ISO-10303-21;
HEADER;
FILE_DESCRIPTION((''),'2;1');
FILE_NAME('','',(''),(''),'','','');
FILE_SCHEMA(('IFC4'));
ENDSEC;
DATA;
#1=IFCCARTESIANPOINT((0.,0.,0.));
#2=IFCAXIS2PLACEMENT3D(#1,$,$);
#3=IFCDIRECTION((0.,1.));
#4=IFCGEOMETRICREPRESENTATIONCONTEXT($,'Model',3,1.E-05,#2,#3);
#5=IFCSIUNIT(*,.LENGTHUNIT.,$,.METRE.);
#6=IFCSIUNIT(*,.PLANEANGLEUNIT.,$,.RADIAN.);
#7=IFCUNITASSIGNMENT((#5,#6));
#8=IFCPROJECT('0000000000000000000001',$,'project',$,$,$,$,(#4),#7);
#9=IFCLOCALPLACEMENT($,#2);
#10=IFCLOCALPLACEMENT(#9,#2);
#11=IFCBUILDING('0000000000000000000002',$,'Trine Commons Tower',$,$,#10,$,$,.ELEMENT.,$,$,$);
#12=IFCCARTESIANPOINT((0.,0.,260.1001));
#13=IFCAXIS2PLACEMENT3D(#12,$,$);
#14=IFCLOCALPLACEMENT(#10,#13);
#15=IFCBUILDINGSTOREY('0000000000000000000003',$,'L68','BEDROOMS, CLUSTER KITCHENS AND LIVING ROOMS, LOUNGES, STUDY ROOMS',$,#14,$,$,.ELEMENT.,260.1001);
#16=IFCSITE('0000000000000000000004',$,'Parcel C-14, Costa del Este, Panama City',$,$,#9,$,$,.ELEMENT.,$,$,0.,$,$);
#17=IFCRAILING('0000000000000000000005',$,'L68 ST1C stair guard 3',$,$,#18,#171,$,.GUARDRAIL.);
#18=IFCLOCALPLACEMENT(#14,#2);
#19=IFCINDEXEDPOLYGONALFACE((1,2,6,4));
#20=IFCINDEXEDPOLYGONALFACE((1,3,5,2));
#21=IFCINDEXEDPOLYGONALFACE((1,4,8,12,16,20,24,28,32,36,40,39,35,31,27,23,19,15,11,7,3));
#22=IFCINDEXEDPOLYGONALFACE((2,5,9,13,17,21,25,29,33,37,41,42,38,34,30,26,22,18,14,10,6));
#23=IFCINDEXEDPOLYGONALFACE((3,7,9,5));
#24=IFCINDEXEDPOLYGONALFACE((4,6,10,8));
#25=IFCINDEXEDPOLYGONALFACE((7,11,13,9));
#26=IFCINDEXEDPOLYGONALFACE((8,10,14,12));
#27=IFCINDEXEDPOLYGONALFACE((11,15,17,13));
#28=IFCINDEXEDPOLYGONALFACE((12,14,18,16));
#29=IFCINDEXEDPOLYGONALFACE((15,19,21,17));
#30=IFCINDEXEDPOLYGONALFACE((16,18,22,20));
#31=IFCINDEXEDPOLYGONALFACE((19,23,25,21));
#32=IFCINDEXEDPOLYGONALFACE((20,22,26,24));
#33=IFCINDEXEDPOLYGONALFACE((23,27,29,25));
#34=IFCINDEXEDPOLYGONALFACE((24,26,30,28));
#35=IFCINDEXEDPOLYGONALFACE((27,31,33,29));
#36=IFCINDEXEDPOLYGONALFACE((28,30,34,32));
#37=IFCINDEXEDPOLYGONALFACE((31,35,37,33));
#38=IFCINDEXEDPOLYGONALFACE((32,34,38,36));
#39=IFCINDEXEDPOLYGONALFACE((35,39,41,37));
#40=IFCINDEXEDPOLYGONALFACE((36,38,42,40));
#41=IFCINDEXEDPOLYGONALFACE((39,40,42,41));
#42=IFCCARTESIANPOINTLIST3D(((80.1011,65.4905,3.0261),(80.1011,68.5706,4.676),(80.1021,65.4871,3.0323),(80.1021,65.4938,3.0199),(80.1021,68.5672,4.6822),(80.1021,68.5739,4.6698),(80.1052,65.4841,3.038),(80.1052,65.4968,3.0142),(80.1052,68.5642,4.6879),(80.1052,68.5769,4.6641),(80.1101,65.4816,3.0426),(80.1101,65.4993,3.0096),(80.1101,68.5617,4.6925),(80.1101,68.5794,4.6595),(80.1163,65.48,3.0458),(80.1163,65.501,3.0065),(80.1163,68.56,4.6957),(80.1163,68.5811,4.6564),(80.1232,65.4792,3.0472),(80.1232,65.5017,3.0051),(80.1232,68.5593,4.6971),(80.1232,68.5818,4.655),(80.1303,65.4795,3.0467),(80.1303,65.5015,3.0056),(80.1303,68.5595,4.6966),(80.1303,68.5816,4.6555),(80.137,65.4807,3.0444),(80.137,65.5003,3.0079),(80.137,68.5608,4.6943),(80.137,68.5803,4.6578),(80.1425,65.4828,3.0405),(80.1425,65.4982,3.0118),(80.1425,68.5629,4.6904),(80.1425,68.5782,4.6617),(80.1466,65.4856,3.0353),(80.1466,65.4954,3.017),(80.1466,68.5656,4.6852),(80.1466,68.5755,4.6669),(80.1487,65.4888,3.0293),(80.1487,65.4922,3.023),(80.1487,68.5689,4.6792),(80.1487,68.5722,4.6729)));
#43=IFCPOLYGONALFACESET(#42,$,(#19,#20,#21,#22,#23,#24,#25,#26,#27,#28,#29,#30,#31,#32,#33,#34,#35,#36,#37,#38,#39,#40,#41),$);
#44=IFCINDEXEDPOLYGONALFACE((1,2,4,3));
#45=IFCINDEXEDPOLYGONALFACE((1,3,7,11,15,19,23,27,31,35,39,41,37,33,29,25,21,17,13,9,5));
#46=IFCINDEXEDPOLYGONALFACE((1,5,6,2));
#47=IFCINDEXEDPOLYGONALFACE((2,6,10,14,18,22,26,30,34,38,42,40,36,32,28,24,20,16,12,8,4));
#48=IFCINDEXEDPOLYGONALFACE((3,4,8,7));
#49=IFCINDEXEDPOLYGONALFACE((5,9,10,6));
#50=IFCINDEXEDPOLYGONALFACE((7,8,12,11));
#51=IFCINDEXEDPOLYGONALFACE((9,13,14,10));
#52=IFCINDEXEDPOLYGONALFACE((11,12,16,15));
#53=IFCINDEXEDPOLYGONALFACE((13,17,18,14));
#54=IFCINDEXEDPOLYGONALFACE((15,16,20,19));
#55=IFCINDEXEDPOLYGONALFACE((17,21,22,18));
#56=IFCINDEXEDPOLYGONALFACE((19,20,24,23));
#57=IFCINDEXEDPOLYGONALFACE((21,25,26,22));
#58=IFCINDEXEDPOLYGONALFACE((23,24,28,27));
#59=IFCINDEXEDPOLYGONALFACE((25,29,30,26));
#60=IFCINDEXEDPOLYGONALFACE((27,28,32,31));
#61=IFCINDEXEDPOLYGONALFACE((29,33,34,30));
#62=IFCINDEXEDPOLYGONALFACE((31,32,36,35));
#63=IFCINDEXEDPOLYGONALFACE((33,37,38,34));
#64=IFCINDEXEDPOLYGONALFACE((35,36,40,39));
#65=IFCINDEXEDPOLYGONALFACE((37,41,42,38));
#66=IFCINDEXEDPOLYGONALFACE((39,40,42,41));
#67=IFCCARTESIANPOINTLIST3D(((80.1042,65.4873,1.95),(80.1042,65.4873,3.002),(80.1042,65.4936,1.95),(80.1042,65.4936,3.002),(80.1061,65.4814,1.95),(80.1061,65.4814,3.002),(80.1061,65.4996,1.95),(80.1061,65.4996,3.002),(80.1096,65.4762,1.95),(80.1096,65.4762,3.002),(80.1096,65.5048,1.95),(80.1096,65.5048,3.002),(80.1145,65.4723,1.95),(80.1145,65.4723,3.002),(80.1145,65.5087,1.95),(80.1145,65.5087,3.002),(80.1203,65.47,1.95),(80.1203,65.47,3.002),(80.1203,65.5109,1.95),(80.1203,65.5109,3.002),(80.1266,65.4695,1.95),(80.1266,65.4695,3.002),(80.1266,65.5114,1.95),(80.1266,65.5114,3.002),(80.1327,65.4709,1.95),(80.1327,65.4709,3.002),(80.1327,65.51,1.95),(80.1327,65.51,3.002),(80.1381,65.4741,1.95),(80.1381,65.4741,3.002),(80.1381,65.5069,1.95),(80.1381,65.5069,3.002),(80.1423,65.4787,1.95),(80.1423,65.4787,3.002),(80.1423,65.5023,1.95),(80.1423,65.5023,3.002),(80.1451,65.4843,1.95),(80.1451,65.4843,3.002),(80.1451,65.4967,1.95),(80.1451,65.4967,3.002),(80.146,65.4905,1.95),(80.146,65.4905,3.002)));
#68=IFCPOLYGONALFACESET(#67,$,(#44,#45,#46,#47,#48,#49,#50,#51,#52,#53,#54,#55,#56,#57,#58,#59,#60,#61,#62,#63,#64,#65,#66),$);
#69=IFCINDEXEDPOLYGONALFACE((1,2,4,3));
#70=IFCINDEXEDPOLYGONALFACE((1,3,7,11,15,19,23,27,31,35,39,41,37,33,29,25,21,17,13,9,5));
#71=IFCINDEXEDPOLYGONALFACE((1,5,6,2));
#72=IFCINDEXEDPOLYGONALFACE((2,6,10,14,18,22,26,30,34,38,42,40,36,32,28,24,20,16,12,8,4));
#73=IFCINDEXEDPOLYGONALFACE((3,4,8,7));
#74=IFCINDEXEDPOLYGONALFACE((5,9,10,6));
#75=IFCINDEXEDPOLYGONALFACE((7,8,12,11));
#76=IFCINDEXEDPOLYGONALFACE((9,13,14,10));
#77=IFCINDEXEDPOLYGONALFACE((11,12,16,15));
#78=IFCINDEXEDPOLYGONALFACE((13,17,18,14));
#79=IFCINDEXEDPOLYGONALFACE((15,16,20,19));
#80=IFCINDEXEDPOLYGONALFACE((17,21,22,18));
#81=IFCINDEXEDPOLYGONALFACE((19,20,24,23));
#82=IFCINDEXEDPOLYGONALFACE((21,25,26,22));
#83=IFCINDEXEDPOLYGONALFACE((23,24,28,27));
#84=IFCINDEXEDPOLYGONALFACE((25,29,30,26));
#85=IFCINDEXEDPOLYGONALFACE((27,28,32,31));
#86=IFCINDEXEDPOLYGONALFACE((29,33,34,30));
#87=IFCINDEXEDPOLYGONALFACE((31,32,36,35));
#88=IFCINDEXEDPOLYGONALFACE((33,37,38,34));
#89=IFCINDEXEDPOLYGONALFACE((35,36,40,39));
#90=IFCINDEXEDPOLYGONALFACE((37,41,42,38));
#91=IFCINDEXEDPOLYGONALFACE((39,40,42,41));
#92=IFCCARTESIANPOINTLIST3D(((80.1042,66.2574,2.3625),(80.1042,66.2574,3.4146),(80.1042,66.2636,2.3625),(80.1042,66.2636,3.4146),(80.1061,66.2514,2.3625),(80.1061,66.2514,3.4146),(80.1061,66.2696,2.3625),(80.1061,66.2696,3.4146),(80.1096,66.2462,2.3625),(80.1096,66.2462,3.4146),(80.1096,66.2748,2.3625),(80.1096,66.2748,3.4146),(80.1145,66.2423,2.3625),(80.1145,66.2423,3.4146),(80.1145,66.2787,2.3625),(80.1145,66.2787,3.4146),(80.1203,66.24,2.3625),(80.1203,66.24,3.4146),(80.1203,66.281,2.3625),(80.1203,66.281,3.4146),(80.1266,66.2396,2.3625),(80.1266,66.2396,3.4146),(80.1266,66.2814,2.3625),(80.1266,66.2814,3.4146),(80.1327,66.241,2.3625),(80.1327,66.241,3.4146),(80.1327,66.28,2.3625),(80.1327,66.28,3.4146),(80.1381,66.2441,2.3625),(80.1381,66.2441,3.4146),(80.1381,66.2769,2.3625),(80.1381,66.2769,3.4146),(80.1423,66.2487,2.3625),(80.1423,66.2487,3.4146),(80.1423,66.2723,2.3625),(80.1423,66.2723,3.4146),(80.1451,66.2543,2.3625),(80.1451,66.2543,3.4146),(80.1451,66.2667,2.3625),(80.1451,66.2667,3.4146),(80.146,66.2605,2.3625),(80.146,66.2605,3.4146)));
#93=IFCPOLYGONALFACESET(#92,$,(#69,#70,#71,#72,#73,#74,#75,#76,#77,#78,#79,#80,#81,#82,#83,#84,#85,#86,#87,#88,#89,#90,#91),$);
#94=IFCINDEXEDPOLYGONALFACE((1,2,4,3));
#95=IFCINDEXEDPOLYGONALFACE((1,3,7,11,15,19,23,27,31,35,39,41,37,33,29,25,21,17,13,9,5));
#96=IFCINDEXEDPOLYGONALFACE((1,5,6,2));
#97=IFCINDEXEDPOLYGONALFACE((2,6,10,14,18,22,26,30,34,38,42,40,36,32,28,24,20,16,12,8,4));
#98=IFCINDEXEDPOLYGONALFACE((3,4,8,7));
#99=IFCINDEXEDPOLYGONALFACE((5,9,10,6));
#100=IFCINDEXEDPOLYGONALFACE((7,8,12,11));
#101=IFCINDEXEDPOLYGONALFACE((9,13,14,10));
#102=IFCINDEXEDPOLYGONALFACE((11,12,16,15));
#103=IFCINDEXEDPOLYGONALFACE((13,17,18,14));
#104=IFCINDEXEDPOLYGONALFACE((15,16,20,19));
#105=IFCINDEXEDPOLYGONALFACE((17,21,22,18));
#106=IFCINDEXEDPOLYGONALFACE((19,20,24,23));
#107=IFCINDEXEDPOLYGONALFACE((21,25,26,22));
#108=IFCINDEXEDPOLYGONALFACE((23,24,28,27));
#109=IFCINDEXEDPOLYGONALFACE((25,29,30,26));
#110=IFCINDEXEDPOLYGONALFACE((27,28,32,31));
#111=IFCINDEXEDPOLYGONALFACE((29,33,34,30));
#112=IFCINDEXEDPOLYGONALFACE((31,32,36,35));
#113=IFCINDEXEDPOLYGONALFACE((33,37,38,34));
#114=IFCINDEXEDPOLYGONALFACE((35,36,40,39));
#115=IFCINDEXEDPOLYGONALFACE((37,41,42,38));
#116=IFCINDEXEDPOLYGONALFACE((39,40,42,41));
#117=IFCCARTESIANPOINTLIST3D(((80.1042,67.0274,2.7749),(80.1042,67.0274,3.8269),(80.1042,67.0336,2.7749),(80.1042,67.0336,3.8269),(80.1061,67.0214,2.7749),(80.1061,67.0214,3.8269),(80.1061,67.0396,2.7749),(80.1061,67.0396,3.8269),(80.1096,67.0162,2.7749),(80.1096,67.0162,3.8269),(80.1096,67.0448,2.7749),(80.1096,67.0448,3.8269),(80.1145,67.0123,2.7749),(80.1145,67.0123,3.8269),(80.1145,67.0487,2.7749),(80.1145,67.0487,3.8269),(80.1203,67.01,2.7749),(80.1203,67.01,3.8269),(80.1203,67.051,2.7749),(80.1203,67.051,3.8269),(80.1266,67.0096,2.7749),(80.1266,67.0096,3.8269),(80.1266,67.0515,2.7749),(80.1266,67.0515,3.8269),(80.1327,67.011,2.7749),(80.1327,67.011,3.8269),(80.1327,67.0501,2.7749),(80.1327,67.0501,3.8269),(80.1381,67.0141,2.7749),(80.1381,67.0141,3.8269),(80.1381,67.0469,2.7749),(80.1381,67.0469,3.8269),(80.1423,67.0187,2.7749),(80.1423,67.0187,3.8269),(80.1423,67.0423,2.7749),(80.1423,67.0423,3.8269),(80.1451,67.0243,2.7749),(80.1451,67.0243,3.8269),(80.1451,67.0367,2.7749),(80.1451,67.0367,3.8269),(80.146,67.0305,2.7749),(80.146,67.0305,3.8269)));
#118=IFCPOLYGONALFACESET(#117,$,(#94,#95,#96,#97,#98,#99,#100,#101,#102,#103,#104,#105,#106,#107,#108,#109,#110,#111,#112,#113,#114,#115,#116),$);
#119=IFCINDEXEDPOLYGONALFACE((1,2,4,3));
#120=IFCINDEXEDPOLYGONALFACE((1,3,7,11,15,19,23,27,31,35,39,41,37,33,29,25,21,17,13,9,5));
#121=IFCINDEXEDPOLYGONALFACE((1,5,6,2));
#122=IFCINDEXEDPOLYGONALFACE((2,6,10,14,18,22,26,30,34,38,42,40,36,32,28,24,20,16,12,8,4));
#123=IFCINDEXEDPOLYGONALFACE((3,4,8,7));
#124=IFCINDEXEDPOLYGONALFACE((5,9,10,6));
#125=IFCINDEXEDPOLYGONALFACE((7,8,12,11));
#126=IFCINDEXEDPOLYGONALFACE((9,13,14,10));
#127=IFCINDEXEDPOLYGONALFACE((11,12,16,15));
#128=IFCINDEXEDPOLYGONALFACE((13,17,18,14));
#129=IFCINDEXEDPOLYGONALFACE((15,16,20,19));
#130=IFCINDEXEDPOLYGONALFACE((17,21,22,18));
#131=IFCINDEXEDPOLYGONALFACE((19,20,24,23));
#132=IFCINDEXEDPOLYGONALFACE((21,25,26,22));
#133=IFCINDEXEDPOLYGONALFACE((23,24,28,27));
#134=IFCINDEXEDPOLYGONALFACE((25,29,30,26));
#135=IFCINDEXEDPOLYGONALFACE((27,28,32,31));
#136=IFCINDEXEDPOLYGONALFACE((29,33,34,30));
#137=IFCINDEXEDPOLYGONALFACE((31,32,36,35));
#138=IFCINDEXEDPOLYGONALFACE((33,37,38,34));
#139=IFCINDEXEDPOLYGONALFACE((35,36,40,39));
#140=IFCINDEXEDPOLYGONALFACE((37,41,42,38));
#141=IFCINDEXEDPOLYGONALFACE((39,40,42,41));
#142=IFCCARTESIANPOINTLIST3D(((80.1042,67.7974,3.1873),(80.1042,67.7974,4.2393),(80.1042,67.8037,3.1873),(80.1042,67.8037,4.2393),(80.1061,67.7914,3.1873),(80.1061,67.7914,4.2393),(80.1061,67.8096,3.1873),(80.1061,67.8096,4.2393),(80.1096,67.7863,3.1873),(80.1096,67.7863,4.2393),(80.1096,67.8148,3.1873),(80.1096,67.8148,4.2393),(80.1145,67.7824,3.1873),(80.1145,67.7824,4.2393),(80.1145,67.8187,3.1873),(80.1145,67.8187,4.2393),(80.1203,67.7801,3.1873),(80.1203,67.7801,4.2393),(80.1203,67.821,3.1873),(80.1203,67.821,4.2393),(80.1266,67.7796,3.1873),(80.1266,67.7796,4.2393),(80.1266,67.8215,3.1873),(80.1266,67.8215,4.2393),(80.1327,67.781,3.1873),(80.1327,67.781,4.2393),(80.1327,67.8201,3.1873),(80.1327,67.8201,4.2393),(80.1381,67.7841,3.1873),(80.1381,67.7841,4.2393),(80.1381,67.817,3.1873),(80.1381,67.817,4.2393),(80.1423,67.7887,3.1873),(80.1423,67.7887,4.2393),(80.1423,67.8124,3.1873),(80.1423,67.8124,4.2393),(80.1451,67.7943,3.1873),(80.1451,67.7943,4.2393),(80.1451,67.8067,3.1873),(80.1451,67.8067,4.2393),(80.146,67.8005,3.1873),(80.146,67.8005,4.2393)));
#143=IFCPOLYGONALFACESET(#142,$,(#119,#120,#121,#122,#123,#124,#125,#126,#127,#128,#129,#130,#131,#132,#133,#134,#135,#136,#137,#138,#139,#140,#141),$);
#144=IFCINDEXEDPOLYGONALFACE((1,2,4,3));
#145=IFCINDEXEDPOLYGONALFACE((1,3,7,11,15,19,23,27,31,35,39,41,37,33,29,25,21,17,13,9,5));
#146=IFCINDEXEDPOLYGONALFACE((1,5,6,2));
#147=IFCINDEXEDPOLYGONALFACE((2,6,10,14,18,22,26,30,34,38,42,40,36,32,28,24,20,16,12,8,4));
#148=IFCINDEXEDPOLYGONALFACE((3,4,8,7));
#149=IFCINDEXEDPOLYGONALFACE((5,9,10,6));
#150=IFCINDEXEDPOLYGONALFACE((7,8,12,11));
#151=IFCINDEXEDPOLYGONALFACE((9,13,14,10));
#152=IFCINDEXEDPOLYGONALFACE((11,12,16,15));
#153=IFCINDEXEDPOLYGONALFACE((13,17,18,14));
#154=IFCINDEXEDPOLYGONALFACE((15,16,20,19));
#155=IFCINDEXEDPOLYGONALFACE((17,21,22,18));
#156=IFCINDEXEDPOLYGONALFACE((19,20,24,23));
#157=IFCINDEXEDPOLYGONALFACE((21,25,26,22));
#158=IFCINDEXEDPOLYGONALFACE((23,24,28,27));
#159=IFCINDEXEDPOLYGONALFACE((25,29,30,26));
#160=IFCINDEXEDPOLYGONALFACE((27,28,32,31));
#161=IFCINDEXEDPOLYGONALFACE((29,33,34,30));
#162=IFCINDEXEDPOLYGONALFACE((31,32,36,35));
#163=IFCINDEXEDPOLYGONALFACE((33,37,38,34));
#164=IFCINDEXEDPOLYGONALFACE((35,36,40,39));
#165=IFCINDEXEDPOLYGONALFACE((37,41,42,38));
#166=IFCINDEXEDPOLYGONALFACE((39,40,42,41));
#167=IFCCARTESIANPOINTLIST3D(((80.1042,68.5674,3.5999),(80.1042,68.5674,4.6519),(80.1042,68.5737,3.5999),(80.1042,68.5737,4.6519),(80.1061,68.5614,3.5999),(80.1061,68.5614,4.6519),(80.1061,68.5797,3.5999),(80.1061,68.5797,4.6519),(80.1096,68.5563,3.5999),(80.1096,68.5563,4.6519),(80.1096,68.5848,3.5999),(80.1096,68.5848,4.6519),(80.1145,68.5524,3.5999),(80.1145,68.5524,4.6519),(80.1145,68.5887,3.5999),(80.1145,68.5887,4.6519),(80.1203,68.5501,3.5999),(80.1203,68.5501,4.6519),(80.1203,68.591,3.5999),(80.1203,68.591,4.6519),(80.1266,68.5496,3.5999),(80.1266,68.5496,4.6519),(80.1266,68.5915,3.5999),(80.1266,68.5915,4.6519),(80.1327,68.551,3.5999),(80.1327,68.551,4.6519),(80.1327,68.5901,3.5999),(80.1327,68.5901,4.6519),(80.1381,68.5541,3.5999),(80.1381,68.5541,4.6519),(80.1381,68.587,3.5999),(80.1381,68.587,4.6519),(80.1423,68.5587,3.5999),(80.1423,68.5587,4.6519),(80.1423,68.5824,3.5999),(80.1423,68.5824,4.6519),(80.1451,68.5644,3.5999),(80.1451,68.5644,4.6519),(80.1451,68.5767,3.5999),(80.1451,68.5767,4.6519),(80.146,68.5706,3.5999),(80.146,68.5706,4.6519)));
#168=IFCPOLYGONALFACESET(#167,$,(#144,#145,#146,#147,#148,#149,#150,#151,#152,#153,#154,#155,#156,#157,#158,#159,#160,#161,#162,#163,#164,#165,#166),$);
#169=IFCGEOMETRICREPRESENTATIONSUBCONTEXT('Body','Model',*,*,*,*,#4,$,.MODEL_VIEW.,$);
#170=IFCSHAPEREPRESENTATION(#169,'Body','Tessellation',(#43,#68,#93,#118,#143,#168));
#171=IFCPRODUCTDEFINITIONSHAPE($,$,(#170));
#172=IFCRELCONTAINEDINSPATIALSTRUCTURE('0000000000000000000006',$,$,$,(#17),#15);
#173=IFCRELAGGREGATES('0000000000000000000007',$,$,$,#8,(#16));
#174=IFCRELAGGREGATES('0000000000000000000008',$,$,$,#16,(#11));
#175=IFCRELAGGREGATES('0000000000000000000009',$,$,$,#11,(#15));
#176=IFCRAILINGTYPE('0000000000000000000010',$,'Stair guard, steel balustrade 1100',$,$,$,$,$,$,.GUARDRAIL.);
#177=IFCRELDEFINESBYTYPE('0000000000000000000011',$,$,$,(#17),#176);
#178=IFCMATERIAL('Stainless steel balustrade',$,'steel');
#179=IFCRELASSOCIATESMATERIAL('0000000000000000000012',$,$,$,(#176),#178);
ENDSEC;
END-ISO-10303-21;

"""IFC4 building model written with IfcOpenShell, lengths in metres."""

from ifc_helpers import new_model, si_unit, direction, frame, origin, origin_2d, place, context, subcontext, project, spatial, circle, extrude, material, type_object, element, save


model = new_model("IFC4")

# Units and contexts
model_context = context("Model", 3, precision=1e-05, world=origin(), true_north=direction((0.0, 1.0)))
body_context = subcontext(model_context, "Body", "Model", "MODEL_VIEW")
ifc_project = project(units=[si_unit("LENGTHUNIT", "METRE"), si_unit("PLANEANGLEUNIT", "RADIAN")], contexts=[model_context])

# Site, building, storey
site_placement = place(None, origin())
site = spatial("IfcSite", under=ifc_project, at=site_placement, Name="Parcel C-14, Costa del Este, Panama City", CompositionType="ELEMENT", RefElevation=0.0)
building_placement = place(site_placement, origin())
building = spatial("IfcBuilding", under=site, at=building_placement, Name="Trine Commons Tower", CompositionType="ELEMENT")
storey_placement = place(building_placement, frame((0.0, 0.0, 260.1001)))
storey = spatial("IfcBuildingStorey", under=building, at=storey_placement, Name="L68", Description="BEDROOMS, CLUSTER KITCHENS AND LIVING ROOMS, LOUNGES, STUDY ROOMS", CompositionType="ELEMENT", Elevation=260.1001)

# Railing
ifc_material_1 = material(Name="Stainless steel balustrade", Category="steel")
railing_type_1 = type_object("IfcRailingType", Name="Stair guard, steel balustrade 1100", PredefinedType="GUARDRAIL", material=ifc_material_1)
railing_1_placement = place(storey_placement, frame((80.125, 65.4905, 1.95)))
element("IfcRailing", 1, at=railing_1_placement, inside=storey, type_object=railing_type_1, Name="L68 ST1C stair guard 3", PredefinedType="GUARDRAIL", context=body_context, shape_type="SweptSolid", body=[
    extrude(circle(Radius=0.0239, at=origin_2d()), frame((0.0, 0.0, 1.0762), z_axis=(0.0, 0.881497, 0.47219), x_axis=(-1.0, 0.0, 0.0)), (0.0, 0.0, 1.0), 3.4941),
    extrude(circle(Radius=0.021, at=origin_2d()), origin(), (0.0, 0.0, 1.0), 1.052),
    extrude(circle(Radius=0.021, at=origin_2d()), frame((0.0, 0.77, 0.4126)), (0.0, 0.0, 1.0), 1.052),
    extrude(circle(Radius=0.021, at=origin_2d()), frame((0.0, 1.54, 0.825)), (0.0, 0.0, 1.0), 1.052),
    extrude(circle(Radius=0.021, at=origin_2d()), frame((0.0, 2.3101, 1.2373)), (0.0, 0.0, 1.0), 1.052),
    extrude(circle(Radius=0.021, at=origin_2d()), frame((0.0, 3.0801, 1.6499)), (0.0, 0.0, 1.0), 1.052),
])

save(model, "model.ifc")
